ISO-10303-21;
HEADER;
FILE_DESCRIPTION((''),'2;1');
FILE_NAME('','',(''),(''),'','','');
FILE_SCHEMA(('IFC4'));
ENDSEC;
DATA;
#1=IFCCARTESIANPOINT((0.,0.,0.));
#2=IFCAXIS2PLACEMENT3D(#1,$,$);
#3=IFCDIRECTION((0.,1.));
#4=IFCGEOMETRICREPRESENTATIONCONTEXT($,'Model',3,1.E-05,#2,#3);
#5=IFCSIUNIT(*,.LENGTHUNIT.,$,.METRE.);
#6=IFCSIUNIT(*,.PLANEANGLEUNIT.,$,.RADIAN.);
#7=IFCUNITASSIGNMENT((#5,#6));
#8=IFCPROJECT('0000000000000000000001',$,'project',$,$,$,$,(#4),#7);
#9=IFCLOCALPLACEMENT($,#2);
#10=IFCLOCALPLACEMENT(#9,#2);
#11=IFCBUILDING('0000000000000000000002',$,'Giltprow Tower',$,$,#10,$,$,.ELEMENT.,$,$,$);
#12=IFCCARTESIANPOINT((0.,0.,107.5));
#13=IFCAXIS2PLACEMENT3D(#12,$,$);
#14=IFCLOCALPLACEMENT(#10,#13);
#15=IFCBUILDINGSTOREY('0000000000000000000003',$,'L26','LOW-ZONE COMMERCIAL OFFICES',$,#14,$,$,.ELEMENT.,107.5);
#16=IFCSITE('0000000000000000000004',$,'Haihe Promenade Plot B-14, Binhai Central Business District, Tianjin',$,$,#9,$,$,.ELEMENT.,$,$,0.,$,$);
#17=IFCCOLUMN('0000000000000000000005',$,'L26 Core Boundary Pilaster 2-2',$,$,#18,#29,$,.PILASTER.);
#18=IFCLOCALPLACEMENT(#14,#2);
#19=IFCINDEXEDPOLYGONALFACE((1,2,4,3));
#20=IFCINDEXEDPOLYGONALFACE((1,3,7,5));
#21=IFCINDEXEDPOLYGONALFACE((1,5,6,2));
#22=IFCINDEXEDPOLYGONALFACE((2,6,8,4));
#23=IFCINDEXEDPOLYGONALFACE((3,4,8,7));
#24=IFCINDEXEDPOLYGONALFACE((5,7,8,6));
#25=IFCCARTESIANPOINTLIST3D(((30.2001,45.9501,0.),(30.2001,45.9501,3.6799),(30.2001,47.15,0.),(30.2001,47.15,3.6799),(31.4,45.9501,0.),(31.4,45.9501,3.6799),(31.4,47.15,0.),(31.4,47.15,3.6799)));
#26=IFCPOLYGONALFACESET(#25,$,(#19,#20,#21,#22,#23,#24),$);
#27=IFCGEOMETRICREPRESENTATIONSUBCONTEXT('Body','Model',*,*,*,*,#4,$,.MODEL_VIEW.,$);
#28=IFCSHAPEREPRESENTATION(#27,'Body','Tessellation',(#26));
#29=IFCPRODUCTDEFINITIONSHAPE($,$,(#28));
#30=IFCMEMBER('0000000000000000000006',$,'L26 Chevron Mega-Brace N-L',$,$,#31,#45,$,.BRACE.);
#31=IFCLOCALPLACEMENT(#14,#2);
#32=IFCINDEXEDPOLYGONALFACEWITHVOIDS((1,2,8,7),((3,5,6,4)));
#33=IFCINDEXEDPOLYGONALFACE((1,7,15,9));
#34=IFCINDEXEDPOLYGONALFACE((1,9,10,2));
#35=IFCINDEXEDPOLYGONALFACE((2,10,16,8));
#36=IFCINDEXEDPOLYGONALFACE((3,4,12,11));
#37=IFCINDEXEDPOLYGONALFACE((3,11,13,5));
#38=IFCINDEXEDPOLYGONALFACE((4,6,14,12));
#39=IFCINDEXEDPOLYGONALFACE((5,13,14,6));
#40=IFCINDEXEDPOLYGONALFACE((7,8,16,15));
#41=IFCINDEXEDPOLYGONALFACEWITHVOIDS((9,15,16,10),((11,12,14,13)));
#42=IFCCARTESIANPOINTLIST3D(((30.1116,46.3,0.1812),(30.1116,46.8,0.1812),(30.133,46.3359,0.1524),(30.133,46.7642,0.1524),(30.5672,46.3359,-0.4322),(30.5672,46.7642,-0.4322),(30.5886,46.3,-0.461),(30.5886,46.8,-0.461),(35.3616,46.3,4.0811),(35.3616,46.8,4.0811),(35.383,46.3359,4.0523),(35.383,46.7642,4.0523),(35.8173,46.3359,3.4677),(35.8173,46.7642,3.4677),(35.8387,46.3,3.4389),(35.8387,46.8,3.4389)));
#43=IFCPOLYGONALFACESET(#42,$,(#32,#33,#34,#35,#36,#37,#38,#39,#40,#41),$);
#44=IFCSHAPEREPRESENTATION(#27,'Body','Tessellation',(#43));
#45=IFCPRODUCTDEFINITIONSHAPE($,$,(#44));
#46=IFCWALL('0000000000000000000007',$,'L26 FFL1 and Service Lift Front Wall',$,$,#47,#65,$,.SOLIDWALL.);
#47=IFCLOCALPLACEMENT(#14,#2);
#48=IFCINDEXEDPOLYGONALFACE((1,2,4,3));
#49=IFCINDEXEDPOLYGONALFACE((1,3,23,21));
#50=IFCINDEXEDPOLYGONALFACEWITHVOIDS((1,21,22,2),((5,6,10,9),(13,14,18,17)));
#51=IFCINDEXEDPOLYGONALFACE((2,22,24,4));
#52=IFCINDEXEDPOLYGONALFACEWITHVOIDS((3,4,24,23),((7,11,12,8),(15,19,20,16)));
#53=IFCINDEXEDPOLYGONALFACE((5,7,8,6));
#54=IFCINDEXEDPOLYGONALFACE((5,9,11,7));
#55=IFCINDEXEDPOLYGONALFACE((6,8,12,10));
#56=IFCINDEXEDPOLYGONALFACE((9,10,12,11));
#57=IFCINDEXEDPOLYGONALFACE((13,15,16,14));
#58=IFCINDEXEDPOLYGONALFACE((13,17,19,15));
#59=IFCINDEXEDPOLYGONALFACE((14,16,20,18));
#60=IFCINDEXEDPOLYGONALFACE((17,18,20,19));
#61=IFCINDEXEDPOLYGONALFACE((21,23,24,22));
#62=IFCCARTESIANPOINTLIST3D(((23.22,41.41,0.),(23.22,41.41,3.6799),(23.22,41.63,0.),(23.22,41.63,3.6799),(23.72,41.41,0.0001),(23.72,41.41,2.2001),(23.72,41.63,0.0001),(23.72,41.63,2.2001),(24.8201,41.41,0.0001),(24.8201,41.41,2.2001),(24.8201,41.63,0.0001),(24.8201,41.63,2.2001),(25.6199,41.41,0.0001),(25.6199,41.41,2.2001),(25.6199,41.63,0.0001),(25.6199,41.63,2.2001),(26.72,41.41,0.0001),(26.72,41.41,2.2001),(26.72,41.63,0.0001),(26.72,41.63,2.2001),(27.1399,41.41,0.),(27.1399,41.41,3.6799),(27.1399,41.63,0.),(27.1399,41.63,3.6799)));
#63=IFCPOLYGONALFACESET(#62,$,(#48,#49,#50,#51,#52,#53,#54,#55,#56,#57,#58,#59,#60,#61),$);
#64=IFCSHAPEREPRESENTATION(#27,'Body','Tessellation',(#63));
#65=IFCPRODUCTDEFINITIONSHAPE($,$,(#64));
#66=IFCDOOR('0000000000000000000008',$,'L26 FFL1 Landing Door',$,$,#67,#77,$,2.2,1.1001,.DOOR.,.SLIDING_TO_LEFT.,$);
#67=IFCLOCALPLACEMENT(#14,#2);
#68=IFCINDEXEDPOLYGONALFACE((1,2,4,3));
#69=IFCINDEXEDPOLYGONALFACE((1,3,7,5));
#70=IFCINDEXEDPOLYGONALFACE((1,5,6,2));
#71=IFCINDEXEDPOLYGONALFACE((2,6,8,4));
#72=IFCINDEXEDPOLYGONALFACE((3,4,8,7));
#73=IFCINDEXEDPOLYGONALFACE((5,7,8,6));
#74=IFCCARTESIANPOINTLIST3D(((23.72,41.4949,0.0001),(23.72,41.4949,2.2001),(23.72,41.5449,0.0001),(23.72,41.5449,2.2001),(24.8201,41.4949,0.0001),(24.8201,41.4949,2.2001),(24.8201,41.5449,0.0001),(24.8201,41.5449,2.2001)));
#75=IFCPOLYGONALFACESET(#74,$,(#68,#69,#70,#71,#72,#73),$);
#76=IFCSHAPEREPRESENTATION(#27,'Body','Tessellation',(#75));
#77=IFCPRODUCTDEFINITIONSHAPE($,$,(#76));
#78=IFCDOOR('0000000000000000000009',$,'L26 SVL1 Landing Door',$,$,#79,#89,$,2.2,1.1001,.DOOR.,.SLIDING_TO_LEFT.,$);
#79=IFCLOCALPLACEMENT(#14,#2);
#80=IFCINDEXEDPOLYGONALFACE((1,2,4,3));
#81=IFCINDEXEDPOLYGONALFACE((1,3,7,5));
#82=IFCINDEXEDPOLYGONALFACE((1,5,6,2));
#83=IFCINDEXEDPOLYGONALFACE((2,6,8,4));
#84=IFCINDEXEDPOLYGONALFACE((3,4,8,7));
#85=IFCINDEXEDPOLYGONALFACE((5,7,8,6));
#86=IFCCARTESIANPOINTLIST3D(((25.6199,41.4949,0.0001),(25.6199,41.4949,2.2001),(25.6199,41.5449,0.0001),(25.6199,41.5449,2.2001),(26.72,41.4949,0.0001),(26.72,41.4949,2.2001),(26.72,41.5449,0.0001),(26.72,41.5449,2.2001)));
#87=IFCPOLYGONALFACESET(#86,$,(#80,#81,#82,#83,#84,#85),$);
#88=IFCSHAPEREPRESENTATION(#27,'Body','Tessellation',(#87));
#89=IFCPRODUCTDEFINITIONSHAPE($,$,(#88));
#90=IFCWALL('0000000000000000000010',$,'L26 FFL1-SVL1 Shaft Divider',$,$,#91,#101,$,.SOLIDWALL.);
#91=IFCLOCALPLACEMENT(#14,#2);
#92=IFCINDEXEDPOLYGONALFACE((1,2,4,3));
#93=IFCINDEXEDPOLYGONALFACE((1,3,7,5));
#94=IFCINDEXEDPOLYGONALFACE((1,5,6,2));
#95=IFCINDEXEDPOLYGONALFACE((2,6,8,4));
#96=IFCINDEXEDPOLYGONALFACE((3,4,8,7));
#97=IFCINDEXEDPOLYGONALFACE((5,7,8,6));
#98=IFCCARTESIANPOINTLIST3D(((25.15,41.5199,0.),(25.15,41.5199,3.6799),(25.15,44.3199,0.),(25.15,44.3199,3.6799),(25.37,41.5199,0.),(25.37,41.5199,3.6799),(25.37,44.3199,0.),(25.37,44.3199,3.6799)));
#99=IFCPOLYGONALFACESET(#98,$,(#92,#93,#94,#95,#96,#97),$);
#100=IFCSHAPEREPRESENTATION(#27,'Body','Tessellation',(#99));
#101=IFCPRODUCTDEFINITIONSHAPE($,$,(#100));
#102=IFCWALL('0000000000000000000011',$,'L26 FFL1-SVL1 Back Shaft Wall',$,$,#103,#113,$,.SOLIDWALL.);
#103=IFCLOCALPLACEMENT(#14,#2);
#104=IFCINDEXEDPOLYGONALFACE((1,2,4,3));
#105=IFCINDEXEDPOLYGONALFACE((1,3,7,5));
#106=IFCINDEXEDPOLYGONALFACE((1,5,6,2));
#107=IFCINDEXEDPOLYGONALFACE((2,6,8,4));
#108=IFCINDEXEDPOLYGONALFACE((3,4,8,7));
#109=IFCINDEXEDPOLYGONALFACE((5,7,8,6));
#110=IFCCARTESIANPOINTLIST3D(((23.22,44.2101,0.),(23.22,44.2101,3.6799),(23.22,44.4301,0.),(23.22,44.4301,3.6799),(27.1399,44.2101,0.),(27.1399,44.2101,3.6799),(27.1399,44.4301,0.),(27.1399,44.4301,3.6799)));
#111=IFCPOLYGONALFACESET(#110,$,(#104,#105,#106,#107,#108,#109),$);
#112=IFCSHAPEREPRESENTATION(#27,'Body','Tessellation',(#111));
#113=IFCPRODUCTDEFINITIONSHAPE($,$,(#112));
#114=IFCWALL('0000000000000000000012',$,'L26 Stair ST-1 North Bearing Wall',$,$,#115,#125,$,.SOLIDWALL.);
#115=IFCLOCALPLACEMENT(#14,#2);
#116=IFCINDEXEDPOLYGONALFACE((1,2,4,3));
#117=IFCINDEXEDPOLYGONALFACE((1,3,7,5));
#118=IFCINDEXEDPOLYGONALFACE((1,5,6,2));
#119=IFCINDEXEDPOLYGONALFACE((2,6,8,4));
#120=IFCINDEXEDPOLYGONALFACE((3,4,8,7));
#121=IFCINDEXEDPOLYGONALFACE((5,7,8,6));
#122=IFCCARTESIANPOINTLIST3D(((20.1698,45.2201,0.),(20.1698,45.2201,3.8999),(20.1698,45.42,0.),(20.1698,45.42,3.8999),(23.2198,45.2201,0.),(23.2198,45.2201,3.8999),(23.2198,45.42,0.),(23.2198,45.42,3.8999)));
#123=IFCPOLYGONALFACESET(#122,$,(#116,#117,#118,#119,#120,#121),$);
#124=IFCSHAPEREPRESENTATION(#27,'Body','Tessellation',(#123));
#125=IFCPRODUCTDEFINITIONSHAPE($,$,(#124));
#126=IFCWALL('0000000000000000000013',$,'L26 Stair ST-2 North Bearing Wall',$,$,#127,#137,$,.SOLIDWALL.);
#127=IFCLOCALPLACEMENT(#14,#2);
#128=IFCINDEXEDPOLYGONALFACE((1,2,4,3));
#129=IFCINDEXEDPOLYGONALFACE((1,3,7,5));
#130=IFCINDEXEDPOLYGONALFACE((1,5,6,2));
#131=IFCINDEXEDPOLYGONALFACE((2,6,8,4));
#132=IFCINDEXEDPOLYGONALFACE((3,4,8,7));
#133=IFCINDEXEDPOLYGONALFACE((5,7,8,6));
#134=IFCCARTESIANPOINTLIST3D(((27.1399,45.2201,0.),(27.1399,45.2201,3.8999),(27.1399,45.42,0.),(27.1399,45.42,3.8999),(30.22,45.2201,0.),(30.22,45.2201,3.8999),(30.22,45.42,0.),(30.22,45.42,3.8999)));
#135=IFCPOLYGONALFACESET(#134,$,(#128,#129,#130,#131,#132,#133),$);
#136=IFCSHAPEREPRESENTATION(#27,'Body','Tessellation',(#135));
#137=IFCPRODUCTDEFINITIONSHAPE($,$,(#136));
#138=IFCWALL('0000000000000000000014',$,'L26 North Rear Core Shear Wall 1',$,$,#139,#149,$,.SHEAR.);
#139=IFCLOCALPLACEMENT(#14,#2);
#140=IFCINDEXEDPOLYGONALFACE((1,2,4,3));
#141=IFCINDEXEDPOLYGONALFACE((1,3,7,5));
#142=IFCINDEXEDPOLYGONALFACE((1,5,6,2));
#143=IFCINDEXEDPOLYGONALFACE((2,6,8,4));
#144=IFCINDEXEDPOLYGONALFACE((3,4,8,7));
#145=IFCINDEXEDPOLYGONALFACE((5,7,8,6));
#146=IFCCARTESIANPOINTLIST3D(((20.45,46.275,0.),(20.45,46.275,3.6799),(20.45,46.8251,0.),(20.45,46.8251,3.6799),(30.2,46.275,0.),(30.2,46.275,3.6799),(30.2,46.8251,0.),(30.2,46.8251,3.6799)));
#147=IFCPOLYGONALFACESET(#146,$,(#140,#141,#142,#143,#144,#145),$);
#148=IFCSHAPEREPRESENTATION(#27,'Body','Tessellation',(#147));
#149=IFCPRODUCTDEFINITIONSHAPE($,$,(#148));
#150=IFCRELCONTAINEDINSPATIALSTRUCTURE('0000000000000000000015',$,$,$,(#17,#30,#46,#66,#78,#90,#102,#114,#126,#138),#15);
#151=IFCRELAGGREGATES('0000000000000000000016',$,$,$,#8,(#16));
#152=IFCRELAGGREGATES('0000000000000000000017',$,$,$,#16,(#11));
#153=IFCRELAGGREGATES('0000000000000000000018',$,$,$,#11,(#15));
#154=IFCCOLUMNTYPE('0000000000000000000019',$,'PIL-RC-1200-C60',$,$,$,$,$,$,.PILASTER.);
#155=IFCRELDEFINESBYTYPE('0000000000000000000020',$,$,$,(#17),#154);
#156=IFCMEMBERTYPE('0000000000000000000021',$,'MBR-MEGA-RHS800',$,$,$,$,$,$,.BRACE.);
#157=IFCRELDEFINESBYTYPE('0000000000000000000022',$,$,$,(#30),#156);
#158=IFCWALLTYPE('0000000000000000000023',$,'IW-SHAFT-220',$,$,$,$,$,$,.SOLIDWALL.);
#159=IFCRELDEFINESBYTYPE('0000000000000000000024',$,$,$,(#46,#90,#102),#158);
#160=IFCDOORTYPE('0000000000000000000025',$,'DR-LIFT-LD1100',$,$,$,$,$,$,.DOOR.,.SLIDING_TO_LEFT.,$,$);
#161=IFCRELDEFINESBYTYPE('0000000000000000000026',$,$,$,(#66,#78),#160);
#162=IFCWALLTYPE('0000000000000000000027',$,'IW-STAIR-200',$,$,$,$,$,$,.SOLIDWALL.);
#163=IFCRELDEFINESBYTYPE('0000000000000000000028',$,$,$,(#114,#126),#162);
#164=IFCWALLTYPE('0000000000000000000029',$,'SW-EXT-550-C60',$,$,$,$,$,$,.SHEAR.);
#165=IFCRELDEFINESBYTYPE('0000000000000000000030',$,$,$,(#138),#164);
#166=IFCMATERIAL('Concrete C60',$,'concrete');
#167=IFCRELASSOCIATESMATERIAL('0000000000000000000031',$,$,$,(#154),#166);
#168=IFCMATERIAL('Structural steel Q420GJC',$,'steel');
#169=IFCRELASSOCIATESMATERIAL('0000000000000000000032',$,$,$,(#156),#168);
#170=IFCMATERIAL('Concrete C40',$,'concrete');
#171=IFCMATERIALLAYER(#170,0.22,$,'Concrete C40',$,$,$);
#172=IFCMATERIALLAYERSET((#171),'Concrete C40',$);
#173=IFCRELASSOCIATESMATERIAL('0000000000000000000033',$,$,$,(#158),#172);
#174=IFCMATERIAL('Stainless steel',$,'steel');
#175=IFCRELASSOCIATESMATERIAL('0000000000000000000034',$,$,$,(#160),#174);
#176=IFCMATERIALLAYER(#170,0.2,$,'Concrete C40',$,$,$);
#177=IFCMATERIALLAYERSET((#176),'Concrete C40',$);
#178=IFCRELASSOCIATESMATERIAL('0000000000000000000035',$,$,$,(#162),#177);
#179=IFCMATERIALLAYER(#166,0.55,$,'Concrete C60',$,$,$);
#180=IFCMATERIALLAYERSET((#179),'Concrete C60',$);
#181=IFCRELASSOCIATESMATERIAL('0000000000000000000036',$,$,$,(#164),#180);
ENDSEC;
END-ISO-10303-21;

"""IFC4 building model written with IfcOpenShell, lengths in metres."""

from ifc_helpers import new_model, si_unit, direction, frame, frame_2d, origin, origin_2d, place, context, subcontext, project, spatial, rectangle, hollow_rectangle, extrude, source, transform, mapped, material, layer, layer_set, material_profile, profile_set, type_object, element, fill, save


model = new_model("IFC4")

# Units and contexts
model_context = context("Model", 3, precision=1e-05, world=origin(), true_north=direction((0.0, 1.0)))
body_context = subcontext(model_context, "Body", "Model", "MODEL_VIEW")
ifc_project = project(units=[si_unit("LENGTHUNIT", "METRE"), si_unit("PLANEANGLEUNIT", "RADIAN")], contexts=[model_context])

# Site, building, storey
site_placement = place(None, origin())
site = spatial("IfcSite", under=ifc_project, at=site_placement, Name="Haihe Promenade Plot B-14, Binhai Central Business District, Tianjin", CompositionType="ELEMENT", RefElevation=0.0)
building_placement = place(site_placement, origin())
building = spatial("IfcBuilding", under=site, at=building_placement, Name="Giltprow Tower", CompositionType="ELEMENT")
storey_placement = place(building_placement, frame((0.0, 0.0, 107.5)))
storey = spatial("IfcBuildingStorey", under=building, at=storey_placement, Name="L26", Description="LOW-ZONE COMMERCIAL OFFICES", CompositionType="ELEMENT", Elevation=107.5)

# Column
ifc_material_1 = material(Name="Concrete C60", Category="concrete")
ifc_material_profile_1 = material_profile(ifc_material_1, rectangle(XDim=1.2, YDim=1.2, at=origin_2d()), Name="RC 1200x1200")
ifc_profile_set_1 = profile_set([ifc_material_profile_1], Name="Concrete C60")
column_type = type_object("IfcColumnType", Name="PIL-RC-1200-C60", PredefinedType="PILASTER", material=ifc_profile_set_1)
shared_shape_1 = source(origin(), body_context, "Body", "SweptSolid", [
    extrude(rectangle(XDim=1.2, YDim=1.2, at=origin_2d()), origin(), (0.0, 0.0, 1.0), 3.6799),
])
column_placement = place(storey_placement, frame((30.8, 46.55, 0.0), z_axis=(0.0, 0.0, 1.0), x_axis=(1.0, 0.0, 0.0)))
element("IfcColumn", 1, at=column_placement, inside=storey, type_object=column_type, Name="L26 Core Boundary Pilaster 2-2", PredefinedType="PILASTER", context=body_context, shape_type="MappedRepresentation", body=[
    mapped(shared_shape_1, transform((0.0, 0.0, 0.0), x_axis=(1.0, 0.0, 0.0), y_axis=(0.0, 1.0, 0.0), z_axis=(0.0, 0.0, 1.0), scale=1.0)),
])

# Member
ifc_material_2 = material(Name="Structural steel Q420GJC", Category="steel")
ifc_material_profile_2 = material_profile(ifc_material_2, hollow_rectangle(XDim=0.5, YDim=0.8, WallThickness=0.0359, at=origin_2d()), Name="RHS 800x500x36")
ifc_profile_set_2 = profile_set([ifc_material_profile_2], Name="Structural steel Q420GJC")
member_type = type_object("IfcMemberType", Name="MBR-MEGA-RHS800", PredefinedType="BRACE", material=ifc_profile_set_2)
shared_shape_2 = source(origin(), body_context, "Body", "SweptSolid", [
    extrude(hollow_rectangle(XDim=0.5, YDim=0.8, WallThickness=0.0359, at=origin_2d()), origin(), (0.0, 0.0, 1.0), 6.54),
])
member_placement = place(storey_placement, frame((30.3501, 46.55, -0.1399), z_axis=(0.802751, 0.0, 0.596314), x_axis=(0.0, 1.0, 0.0)))
element("IfcMember", 2, at=member_placement, inside=storey, type_object=member_type, Name="L26 Chevron Mega-Brace N-L", PredefinedType="BRACE", context=body_context, shape_type="MappedRepresentation", body=[
    mapped(shared_shape_2, transform((0.0, 0.0, 0.0), x_axis=(1.0, 0.0, 0.0), y_axis=(0.0, 1.0, 0.0), z_axis=(0.0, 0.0, 1.0), scale=1.0)),
])

# Wall, openings, doors
ifc_material_3 = material(Name="Concrete C40", Category="concrete")
ifc_layer_1 = layer(ifc_material_3, 0.22, Name="Concrete C40")
ifc_layer_set_1 = layer_set([ifc_layer_1], Name="Concrete C40")
wall_type_1 = type_object("IfcWallType", Name="IW-SHAFT-220", PredefinedType="SOLIDWALL", material=ifc_layer_set_1)
wall_1_placement = place(storey_placement, frame((23.22, 41.52, 0.0), z_axis=(0.0, 0.0, 1.0), x_axis=(1.0, 0.0, 0.0)))
wall_1 = element("IfcWall", 3, at=wall_1_placement, inside=storey, type_object=wall_type_1, Name="L26 FFL1 and Service Lift Front Wall", PredefinedType="SOLIDWALL", context=body_context, shape_type="SweptSolid", body=[
    extrude(rectangle(XDim=3.9199, YDim=0.22, at=frame_2d((1.96, 0.0))), origin(), (0.0, 0.0, 1.0), 3.6799),
])
opening_1_placement = place(wall_1_placement, frame((0.5, 0.0, 0.0)))
opening_1 = element("IfcOpeningElement", 4, at=opening_1_placement, cuts=wall_1, PredefinedType="OPENING", context=body_context, shape_type="SweptSolid", body=[
    extrude(rectangle(XDim=1.1001, YDim=2.2, at=frame_2d((0.55, 1.1001))), frame((0.0, 0.1199, 0.0), z_axis=(0.0, -1.0, 0.0), x_axis=(1.0, 0.0, 0.0)), (0.0, 0.0, 1.0), 0.24),
])
opening_2_placement = place(wall_1_placement, frame((2.3999, 0.0, 0.0)))
opening_2 = element("IfcOpeningElement", 5, at=opening_2_placement, cuts=wall_1, PredefinedType="OPENING", context=body_context, shape_type="SweptSolid", body=[
    extrude(rectangle(XDim=1.1001, YDim=2.2, at=frame_2d((0.55, 1.1001))), frame((0.0, 0.1199, 0.0), z_axis=(0.0, -1.0, 0.0), x_axis=(1.0, 0.0, 0.0)), (0.0, 0.0, 1.0), 0.24),
])
ifc_material_4 = material(Name="Stainless steel", Category="steel")
door_type = type_object("IfcDoorType", Name="DR-LIFT-LD1100", OperationType="SLIDING_TO_LEFT", PredefinedType="DOOR", material=ifc_material_4)
shared_shape_3 = source(origin(), body_context, "Body", "SweptSolid", [
    extrude(rectangle(XDim=1.1001, YDim=2.2, at=frame_2d((0.55, 1.1001))), frame((0.0, 0.0249, 0.0), z_axis=(0.0, -1.0, 0.0), x_axis=(1.0, 0.0, 0.0)), (0.0, 0.0, 1.0), 0.05),
])
door_1_placement = place(opening_1_placement, origin())
door_1 = element("IfcDoor", 6, at=door_1_placement, inside=storey, type_object=door_type, Name="L26 FFL1 Landing Door", OperationType="SLIDING_TO_LEFT", OverallHeight=2.2, OverallWidth=1.1001, PredefinedType="DOOR", context=body_context, shape_type="MappedRepresentation", body=[
    mapped(shared_shape_3, transform((0.0, 0.0, 0.0), x_axis=(1.0, 0.0, 0.0), y_axis=(0.0, 1.0, 0.0), z_axis=(0.0, 0.0, 1.0), scale=1.0)),
])
fill(opening_1, door_1)
door_2_placement = place(opening_2_placement, origin())
door_2 = element("IfcDoor", 7, at=door_2_placement, inside=storey, type_object=door_type, Name="L26 SVL1 Landing Door", OperationType="SLIDING_TO_LEFT", OverallHeight=2.2, OverallWidth=1.1001, PredefinedType="DOOR", context=body_context, shape_type="MappedRepresentation", body=[
    mapped(shared_shape_3, transform((0.0, 0.0, 0.0), x_axis=(1.0, 0.0, 0.0), y_axis=(0.0, 1.0, 0.0), z_axis=(0.0, 0.0, 1.0), scale=1.0)),
])
fill(opening_2, door_2)

# Walls
wall_2_placement = place(storey_placement, frame((25.26, 41.52, 0.0), z_axis=(0.0, 0.0, 1.0), x_axis=(0.0, 1.0, 0.0)))
element("IfcWall", 8, at=wall_2_placement, inside=storey, type_object=wall_type_1, Name="L26 FFL1-SVL1 Shaft Divider", PredefinedType="SOLIDWALL", context=body_context, shape_type="SweptSolid", body=[
    extrude(rectangle(XDim=2.8, YDim=0.22, at=frame_2d((1.3999, 0.0))), origin(), (0.0, 0.0, 1.0), 3.6799),
])
wall_3_placement = place(storey_placement, frame((23.22, 44.3201, 0.0), z_axis=(0.0, 0.0, 1.0), x_axis=(1.0, 0.0, 0.0)))
element("IfcWall", 9, at=wall_3_placement, inside=storey, type_object=wall_type_1, Name="L26 FFL1-SVL1 Back Shaft Wall", PredefinedType="SOLIDWALL", context=body_context, shape_type="SweptSolid", body=[
    extrude(rectangle(XDim=3.9199, YDim=0.22, at=frame_2d((1.96, 0.0))), origin(), (0.0, 0.0, 1.0), 3.6799),
])
ifc_layer_2 = layer(ifc_material_3, 0.2, Name="Concrete C40")
ifc_layer_set_2 = layer_set([ifc_layer_2], Name="Concrete C40")
wall_type_2 = type_object("IfcWallType", Name="IW-STAIR-200", PredefinedType="SOLIDWALL", material=ifc_layer_set_2)
wall_4_placement = place(storey_placement, frame((20.1699, 45.3201, 0.0), z_axis=(0.0, 0.0, 1.0), x_axis=(1.0, 0.0, 0.0)))
element("IfcWall", 10, at=wall_4_placement, inside=storey, type_object=wall_type_2, Name="L26 Stair ST-1 North Bearing Wall", PredefinedType="SOLIDWALL", context=body_context, shape_type="SweptSolid", body=[
    extrude(rectangle(XDim=3.05, YDim=0.2, at=frame_2d((1.5249, 0.0))), origin(), (0.0, 0.0, 1.0), 3.8999),
])
wall_5_placement = place(storey_placement, frame((27.1399, 45.3201, 0.0), z_axis=(0.0, 0.0, 1.0), x_axis=(1.0, 0.0, 0.0)))
element("IfcWall", 11, at=wall_5_placement, inside=storey, type_object=wall_type_2, Name="L26 Stair ST-2 North Bearing Wall", PredefinedType="SOLIDWALL", context=body_context, shape_type="SweptSolid", body=[
    extrude(rectangle(XDim=3.0801, YDim=0.2, at=frame_2d((1.54, 0.0))), origin(), (0.0, 0.0, 1.0), 3.8999),
])
ifc_layer_3 = layer(ifc_material_1, 0.55, Name="Concrete C60")
ifc_layer_set_3 = layer_set([ifc_layer_3], Name="Concrete C60")
wall_type_3 = type_object("IfcWallType", Name="SW-EXT-550-C60", PredefinedType="SHEAR", material=ifc_layer_set_3)
wall_6_placement = place(storey_placement, frame((20.45, 46.55, 0.0), z_axis=(0.0, 0.0, 1.0), x_axis=(1.0, 0.0, 0.0)))
element("IfcWall", 12, at=wall_6_placement, inside=storey, type_object=wall_type_3, Name="L26 North Rear Core Shear Wall 1", PredefinedType="SHEAR", context=body_context, shape_type="SweptSolid", body=[
    extrude(rectangle(XDim=9.75, YDim=0.55, at=frame_2d((4.875, 0.0))), origin(), (0.0, 0.0, 1.0), 3.6799),
])

save(model, "model.ifc")
